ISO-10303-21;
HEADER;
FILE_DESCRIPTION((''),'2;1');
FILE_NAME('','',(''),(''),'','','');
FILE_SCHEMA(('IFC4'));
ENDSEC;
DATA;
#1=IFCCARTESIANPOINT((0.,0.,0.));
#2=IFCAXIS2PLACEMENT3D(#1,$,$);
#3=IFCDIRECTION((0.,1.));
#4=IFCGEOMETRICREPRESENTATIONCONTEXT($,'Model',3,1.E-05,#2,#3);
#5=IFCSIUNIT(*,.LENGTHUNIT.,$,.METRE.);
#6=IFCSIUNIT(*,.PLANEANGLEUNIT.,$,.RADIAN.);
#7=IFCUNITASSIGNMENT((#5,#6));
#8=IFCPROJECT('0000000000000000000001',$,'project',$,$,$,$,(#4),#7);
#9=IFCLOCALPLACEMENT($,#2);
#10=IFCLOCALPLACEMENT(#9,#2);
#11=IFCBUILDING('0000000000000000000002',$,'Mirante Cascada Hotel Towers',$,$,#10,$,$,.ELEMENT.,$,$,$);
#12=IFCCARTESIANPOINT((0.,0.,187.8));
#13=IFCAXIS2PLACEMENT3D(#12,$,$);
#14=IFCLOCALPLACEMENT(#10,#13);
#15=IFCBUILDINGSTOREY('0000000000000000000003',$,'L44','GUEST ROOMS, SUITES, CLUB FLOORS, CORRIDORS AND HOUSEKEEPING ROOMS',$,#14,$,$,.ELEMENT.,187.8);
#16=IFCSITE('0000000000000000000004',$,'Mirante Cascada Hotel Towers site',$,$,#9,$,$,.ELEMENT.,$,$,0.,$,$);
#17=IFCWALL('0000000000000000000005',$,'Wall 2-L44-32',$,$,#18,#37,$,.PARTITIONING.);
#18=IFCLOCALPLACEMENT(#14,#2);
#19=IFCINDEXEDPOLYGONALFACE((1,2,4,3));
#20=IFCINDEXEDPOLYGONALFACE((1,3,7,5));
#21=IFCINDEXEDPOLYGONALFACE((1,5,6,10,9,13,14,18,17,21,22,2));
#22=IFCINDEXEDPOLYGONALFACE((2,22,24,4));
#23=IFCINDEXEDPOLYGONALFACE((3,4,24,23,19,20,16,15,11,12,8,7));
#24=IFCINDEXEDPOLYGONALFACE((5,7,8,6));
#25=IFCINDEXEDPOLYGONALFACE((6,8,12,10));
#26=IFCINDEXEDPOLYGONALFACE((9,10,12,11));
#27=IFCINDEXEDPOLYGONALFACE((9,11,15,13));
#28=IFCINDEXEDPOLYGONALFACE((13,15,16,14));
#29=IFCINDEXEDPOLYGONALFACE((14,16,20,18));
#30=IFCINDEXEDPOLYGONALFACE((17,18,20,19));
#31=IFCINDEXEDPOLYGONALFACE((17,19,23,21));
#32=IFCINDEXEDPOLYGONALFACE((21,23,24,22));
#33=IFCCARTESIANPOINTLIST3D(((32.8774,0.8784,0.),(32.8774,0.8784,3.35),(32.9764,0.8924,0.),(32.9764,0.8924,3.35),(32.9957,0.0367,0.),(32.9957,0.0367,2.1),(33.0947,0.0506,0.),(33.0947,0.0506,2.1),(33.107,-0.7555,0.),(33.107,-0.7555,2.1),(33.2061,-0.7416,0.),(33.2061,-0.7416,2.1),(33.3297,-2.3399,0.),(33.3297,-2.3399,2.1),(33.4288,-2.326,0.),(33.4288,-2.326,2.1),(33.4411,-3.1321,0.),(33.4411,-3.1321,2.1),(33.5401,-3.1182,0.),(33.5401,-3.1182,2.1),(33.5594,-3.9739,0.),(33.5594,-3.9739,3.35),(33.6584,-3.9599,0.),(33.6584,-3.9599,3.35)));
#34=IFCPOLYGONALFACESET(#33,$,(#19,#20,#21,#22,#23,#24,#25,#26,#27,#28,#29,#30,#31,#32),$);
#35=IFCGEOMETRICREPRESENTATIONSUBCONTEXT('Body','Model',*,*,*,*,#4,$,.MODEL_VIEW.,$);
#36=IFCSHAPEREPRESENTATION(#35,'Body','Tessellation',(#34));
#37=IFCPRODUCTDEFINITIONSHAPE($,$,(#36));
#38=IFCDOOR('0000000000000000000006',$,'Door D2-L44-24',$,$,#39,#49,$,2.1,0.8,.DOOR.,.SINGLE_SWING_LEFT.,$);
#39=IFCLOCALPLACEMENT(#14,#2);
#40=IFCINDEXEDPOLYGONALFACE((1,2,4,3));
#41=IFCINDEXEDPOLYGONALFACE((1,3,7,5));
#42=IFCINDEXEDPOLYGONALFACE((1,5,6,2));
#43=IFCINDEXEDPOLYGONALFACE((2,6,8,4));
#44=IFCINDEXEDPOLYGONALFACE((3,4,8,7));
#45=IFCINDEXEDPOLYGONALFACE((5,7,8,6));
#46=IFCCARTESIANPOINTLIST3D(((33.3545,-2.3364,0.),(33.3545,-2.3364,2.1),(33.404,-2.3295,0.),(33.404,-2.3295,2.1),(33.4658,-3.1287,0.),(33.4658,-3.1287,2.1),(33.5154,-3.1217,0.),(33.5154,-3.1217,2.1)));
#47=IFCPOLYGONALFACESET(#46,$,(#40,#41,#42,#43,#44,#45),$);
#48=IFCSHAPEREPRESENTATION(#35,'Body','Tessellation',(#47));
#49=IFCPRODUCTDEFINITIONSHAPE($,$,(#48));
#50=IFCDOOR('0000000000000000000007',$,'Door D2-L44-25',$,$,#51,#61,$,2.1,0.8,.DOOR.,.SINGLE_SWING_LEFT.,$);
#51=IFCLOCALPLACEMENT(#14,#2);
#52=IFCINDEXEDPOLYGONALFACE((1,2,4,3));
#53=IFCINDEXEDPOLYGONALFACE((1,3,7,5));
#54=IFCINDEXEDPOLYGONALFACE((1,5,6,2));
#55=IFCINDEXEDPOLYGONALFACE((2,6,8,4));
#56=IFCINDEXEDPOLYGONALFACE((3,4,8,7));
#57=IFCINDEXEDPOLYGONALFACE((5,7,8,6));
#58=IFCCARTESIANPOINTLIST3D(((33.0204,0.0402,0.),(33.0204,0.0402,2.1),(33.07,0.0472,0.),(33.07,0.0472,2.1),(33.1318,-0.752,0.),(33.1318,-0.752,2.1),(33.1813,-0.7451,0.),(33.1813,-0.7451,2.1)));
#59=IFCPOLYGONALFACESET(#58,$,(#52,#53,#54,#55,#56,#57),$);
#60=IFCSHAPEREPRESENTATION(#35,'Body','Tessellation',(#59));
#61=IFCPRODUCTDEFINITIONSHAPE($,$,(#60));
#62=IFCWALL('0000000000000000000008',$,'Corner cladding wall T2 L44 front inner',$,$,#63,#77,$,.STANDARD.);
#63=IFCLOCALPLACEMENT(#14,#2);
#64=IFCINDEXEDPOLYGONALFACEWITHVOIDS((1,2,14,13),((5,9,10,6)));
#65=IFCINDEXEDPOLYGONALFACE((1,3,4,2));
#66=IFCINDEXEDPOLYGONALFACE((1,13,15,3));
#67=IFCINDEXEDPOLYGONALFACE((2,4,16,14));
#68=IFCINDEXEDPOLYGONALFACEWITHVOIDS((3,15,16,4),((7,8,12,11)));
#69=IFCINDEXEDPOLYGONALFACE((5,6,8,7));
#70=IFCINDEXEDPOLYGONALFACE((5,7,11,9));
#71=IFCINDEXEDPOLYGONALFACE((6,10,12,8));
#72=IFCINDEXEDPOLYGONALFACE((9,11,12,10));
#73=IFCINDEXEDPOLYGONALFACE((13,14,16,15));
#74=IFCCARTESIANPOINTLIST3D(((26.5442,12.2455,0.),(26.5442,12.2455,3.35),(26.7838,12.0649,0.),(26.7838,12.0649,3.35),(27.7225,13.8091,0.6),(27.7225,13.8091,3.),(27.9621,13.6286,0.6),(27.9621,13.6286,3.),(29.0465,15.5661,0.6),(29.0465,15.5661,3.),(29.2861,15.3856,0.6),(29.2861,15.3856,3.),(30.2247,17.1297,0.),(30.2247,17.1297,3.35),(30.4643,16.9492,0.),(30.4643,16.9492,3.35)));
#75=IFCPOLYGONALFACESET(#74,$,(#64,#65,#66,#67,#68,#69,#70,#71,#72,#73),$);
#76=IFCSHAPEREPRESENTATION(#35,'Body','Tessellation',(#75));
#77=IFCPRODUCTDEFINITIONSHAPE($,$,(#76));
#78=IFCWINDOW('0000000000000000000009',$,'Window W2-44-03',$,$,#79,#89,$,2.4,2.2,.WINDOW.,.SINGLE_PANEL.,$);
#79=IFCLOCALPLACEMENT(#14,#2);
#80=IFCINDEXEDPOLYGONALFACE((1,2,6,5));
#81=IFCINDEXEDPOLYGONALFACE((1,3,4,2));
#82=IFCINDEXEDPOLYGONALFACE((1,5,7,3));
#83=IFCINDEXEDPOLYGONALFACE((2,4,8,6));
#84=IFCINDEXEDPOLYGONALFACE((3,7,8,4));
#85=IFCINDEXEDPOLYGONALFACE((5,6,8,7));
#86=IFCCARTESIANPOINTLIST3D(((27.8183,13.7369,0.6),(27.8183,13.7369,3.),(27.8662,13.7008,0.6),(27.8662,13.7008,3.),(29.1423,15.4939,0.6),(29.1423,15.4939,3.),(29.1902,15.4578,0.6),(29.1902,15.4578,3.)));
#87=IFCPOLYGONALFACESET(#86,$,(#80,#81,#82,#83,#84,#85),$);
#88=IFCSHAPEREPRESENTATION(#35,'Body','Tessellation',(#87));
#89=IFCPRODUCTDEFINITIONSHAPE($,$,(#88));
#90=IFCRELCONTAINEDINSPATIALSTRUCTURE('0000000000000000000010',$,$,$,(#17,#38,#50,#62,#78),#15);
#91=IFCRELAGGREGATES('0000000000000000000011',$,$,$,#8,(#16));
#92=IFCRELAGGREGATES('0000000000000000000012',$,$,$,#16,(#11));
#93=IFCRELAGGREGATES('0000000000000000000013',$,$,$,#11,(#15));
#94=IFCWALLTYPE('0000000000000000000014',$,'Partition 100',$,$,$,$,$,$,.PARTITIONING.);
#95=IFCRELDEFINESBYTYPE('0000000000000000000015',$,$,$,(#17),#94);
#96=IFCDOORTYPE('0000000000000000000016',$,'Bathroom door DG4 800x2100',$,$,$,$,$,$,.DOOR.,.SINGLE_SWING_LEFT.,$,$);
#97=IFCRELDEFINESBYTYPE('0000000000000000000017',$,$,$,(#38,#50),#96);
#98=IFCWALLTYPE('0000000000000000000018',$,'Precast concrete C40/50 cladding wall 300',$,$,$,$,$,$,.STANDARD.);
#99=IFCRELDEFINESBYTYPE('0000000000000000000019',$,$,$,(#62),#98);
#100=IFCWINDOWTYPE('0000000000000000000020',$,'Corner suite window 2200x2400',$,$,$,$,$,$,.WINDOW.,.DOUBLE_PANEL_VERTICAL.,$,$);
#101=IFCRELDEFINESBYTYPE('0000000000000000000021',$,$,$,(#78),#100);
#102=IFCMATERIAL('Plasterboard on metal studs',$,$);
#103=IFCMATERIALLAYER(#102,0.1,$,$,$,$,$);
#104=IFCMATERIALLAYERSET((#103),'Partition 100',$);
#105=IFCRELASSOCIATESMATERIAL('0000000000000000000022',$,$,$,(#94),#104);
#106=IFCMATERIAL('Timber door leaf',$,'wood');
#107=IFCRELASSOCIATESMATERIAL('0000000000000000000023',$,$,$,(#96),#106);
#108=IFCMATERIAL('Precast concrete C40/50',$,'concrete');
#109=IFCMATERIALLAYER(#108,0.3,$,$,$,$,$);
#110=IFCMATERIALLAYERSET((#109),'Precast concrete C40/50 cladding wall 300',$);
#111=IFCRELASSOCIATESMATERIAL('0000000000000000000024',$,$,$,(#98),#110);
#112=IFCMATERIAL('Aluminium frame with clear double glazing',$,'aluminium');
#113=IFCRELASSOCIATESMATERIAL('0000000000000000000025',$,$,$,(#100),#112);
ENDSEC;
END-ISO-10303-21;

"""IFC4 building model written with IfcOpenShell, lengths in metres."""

from ifc_helpers import new_model, si_unit, direction, frame, frame_2d, origin, place, context, subcontext, project, spatial, rectangle, extrude, material, layer, layer_set, type_object, element, fill, save


model = new_model("IFC4")

# Units and contexts
model_context = context("Model", 3, precision=1e-05, world=origin(), true_north=direction((0.0, 1.0)))
body_context = subcontext(model_context, "Body", "Model", "MODEL_VIEW")
ifc_project = project(units=[si_unit("LENGTHUNIT", "METRE"), si_unit("PLANEANGLEUNIT", "RADIAN")], contexts=[model_context])

# Site, building, storey
site_placement = place(None, origin())
site = spatial("IfcSite", under=ifc_project, at=site_placement, Name="Mirante Cascada Hotel Towers site", CompositionType="ELEMENT", RefElevation=0.0)
building_placement = place(site_placement, origin())
building = spatial("IfcBuilding", under=site, at=building_placement, Name="Mirante Cascada Hotel Towers", CompositionType="ELEMENT")
storey_placement = place(building_placement, frame((0.0, 0.0, 187.8)))
storey = spatial("IfcBuildingStorey", under=building, at=storey_placement, Name="L44", Description="GUEST ROOMS, SUITES, CLUB FLOORS, CORRIDORS AND HOUSEKEEPING ROOMS", CompositionType="ELEMENT", Elevation=187.8)

# Shared definitions
ifc_material_1 = material(Name="Plasterboard on metal studs")
ifc_layer_1 = layer(ifc_material_1, 0.1)
ifc_layer_set_1 = layer_set([ifc_layer_1], Name="Partition 100")
wall_type_1 = type_object("IfcWallType", Name="Partition 100", PredefinedType="PARTITIONING", material=ifc_layer_set_1)

# Shared definitions
ifc_material_2 = material(Name="Timber door leaf", Category="wood")
door_type_1 = type_object("IfcDoorType", Name="Bathroom door DG4 800x2100", OperationType="SINGLE_SWING_LEFT", PredefinedType="DOOR", material=ifc_material_2)

# Wall, openings, doors
wall_1_placement = place(storey_placement, frame((32.9269, 0.8854, 0.0), z_axis=(0.0, 0.0, 1.0), x_axis=(0.139184, -0.990267, 0.0)))
wall_1 = element("IfcWall", 1, at=wall_1_placement, inside=storey, type_object=wall_type_1, Name="Wall 2-L44-32", PredefinedType="PARTITIONING", context=body_context, shape_type="SweptSolid", body=[
    extrude(rectangle(XDim=4.9, YDim=0.1, at=frame_2d((2.45, 0.0))), origin(), (0.0, 0.0, 1.0), 3.35),
])
opening_1_placement = place(wall_1_placement, frame((3.25, 0.0, 0.0)))
opening_1 = element("IfcOpeningElement", 2, at=opening_1_placement, cuts=wall_1, PredefinedType="OPENING", context=body_context, shape_type="SweptSolid", body=[
    extrude(rectangle(XDim=0.8, YDim=2.1, at=frame_2d((0.4, 1.05))), frame((0.0, 0.05, 0.0), z_axis=(0.0, -1.0, 0.0), x_axis=(1.0, 0.0, 0.0)), (0.0, 0.0, 1.0), 0.1),
])
opening_2_placement = place(wall_1_placement, frame((0.85, 0.0, 0.0)))
opening_2 = element("IfcOpeningElement", 3, at=opening_2_placement, cuts=wall_1, PredefinedType="OPENING", context=body_context, shape_type="SweptSolid", body=[
    extrude(rectangle(XDim=0.8, YDim=2.1, at=frame_2d((0.4, 1.05))), frame((0.0, 0.05, 0.0), z_axis=(0.0, -1.0, 0.0), x_axis=(1.0, 0.0, 0.0)), (0.0, 0.0, 1.0), 0.1),
])
door_1_placement = place(opening_1_placement, origin())
door_1 = element("IfcDoor", 4, at=door_1_placement, inside=storey, type_object=door_type_1, Name="Door D2-L44-24", OperationType="SINGLE_SWING_LEFT", OverallHeight=2.1, OverallWidth=0.8, PredefinedType="DOOR", context=body_context, shape_type="SweptSolid", body=[
    extrude(rectangle(XDim=0.8, YDim=2.1, at=frame_2d((0.4, 1.05))), frame((0.0, 0.025, 0.0), z_axis=(0.0, -1.0, 0.0), x_axis=(1.0, 0.0, 0.0)), (0.0, 0.0, 1.0), 0.05),
])
fill(opening_1, door_1)
door_2_placement = place(opening_2_placement, origin())
door_2 = element("IfcDoor", 5, at=door_2_placement, inside=storey, type_object=door_type_1, Name="Door D2-L44-25", OperationType="SINGLE_SWING_LEFT", OverallHeight=2.1, OverallWidth=0.8, PredefinedType="DOOR", context=body_context, shape_type="SweptSolid", body=[
    extrude(rectangle(XDim=0.8, YDim=2.1, at=frame_2d((0.4, 1.05))), frame((0.0, 0.025, 0.0), z_axis=(0.0, -1.0, 0.0), x_axis=(1.0, 0.0, 0.0)), (0.0, 0.0, 1.0), 0.05),
])
fill(opening_2, door_2)

# Wall, opening, window
ifc_material_3 = material(Name="Precast concrete C40/50", Category="concrete")
ifc_layer_2 = layer(ifc_material_3, 0.3)
ifc_layer_set_2 = layer_set([ifc_layer_2], Name="Precast concrete C40/50 cladding wall 300")
wall_type_2 = type_object("IfcWallType", Name="Precast concrete C40/50 cladding wall 300", PredefinedType="STANDARD", material=ifc_layer_set_2)
wall_2_placement = place(storey_placement, frame((30.3445, 17.0394, 0.0), z_axis=(0.0, 0.0, 1.0), x_axis=(-0.601814, -0.798636, 0.0)))
wall_2 = element("IfcWall", 6, at=wall_2_placement, inside=storey, type_object=wall_type_2, Name="Corner cladding wall T2 L44 front inner", PredefinedType="STANDARD", context=body_context, shape_type="SweptSolid", body=[
    extrude(rectangle(XDim=6.1157, YDim=0.3, at=frame_2d((3.0578, 0.0))), origin(), (0.0, 0.0, 1.0), 3.35),
])
opening_3_placement = place(wall_2_placement, frame((1.9578, 0.0, 0.6)))
opening_3 = element("IfcOpeningElement", 7, at=opening_3_placement, cuts=wall_2, PredefinedType="OPENING", context=body_context, shape_type="SweptSolid", body=[
    extrude(rectangle(XDim=2.2, YDim=2.4, at=frame_2d((1.1, 1.2))), frame((0.0, 0.15, 0.0), z_axis=(0.0, -1.0, 0.0), x_axis=(1.0, 0.0, 0.0)), (0.0, 0.0, 1.0), 0.3),
])
ifc_material_4 = material(Name="Aluminium frame with clear double glazing", Category="aluminium")
window_type = type_object("IfcWindowType", Name="Corner suite window 2200x2400", PartitioningType="DOUBLE_PANEL_VERTICAL", PredefinedType="WINDOW", material=ifc_material_4)
window_placement = place(opening_3_placement, origin())
window = element("IfcWindow", 8, at=window_placement, inside=storey, type_object=window_type, Name="Window W2-44-03", OverallHeight=2.4, OverallWidth=2.2, PartitioningType="SINGLE_PANEL", PredefinedType="WINDOW", context=body_context, shape_type="SweptSolid", body=[
    extrude(rectangle(XDim=2.2, YDim=2.4, at=frame_2d((1.1, 1.2))), frame((0.0, 0.03, 0.0), z_axis=(0.0, -1.0, 0.0), x_axis=(1.0, 0.0, 0.0)), (0.0, 0.0, 1.0), 0.06),
])
fill(opening_3, window)

save(model, "model.ifc")
